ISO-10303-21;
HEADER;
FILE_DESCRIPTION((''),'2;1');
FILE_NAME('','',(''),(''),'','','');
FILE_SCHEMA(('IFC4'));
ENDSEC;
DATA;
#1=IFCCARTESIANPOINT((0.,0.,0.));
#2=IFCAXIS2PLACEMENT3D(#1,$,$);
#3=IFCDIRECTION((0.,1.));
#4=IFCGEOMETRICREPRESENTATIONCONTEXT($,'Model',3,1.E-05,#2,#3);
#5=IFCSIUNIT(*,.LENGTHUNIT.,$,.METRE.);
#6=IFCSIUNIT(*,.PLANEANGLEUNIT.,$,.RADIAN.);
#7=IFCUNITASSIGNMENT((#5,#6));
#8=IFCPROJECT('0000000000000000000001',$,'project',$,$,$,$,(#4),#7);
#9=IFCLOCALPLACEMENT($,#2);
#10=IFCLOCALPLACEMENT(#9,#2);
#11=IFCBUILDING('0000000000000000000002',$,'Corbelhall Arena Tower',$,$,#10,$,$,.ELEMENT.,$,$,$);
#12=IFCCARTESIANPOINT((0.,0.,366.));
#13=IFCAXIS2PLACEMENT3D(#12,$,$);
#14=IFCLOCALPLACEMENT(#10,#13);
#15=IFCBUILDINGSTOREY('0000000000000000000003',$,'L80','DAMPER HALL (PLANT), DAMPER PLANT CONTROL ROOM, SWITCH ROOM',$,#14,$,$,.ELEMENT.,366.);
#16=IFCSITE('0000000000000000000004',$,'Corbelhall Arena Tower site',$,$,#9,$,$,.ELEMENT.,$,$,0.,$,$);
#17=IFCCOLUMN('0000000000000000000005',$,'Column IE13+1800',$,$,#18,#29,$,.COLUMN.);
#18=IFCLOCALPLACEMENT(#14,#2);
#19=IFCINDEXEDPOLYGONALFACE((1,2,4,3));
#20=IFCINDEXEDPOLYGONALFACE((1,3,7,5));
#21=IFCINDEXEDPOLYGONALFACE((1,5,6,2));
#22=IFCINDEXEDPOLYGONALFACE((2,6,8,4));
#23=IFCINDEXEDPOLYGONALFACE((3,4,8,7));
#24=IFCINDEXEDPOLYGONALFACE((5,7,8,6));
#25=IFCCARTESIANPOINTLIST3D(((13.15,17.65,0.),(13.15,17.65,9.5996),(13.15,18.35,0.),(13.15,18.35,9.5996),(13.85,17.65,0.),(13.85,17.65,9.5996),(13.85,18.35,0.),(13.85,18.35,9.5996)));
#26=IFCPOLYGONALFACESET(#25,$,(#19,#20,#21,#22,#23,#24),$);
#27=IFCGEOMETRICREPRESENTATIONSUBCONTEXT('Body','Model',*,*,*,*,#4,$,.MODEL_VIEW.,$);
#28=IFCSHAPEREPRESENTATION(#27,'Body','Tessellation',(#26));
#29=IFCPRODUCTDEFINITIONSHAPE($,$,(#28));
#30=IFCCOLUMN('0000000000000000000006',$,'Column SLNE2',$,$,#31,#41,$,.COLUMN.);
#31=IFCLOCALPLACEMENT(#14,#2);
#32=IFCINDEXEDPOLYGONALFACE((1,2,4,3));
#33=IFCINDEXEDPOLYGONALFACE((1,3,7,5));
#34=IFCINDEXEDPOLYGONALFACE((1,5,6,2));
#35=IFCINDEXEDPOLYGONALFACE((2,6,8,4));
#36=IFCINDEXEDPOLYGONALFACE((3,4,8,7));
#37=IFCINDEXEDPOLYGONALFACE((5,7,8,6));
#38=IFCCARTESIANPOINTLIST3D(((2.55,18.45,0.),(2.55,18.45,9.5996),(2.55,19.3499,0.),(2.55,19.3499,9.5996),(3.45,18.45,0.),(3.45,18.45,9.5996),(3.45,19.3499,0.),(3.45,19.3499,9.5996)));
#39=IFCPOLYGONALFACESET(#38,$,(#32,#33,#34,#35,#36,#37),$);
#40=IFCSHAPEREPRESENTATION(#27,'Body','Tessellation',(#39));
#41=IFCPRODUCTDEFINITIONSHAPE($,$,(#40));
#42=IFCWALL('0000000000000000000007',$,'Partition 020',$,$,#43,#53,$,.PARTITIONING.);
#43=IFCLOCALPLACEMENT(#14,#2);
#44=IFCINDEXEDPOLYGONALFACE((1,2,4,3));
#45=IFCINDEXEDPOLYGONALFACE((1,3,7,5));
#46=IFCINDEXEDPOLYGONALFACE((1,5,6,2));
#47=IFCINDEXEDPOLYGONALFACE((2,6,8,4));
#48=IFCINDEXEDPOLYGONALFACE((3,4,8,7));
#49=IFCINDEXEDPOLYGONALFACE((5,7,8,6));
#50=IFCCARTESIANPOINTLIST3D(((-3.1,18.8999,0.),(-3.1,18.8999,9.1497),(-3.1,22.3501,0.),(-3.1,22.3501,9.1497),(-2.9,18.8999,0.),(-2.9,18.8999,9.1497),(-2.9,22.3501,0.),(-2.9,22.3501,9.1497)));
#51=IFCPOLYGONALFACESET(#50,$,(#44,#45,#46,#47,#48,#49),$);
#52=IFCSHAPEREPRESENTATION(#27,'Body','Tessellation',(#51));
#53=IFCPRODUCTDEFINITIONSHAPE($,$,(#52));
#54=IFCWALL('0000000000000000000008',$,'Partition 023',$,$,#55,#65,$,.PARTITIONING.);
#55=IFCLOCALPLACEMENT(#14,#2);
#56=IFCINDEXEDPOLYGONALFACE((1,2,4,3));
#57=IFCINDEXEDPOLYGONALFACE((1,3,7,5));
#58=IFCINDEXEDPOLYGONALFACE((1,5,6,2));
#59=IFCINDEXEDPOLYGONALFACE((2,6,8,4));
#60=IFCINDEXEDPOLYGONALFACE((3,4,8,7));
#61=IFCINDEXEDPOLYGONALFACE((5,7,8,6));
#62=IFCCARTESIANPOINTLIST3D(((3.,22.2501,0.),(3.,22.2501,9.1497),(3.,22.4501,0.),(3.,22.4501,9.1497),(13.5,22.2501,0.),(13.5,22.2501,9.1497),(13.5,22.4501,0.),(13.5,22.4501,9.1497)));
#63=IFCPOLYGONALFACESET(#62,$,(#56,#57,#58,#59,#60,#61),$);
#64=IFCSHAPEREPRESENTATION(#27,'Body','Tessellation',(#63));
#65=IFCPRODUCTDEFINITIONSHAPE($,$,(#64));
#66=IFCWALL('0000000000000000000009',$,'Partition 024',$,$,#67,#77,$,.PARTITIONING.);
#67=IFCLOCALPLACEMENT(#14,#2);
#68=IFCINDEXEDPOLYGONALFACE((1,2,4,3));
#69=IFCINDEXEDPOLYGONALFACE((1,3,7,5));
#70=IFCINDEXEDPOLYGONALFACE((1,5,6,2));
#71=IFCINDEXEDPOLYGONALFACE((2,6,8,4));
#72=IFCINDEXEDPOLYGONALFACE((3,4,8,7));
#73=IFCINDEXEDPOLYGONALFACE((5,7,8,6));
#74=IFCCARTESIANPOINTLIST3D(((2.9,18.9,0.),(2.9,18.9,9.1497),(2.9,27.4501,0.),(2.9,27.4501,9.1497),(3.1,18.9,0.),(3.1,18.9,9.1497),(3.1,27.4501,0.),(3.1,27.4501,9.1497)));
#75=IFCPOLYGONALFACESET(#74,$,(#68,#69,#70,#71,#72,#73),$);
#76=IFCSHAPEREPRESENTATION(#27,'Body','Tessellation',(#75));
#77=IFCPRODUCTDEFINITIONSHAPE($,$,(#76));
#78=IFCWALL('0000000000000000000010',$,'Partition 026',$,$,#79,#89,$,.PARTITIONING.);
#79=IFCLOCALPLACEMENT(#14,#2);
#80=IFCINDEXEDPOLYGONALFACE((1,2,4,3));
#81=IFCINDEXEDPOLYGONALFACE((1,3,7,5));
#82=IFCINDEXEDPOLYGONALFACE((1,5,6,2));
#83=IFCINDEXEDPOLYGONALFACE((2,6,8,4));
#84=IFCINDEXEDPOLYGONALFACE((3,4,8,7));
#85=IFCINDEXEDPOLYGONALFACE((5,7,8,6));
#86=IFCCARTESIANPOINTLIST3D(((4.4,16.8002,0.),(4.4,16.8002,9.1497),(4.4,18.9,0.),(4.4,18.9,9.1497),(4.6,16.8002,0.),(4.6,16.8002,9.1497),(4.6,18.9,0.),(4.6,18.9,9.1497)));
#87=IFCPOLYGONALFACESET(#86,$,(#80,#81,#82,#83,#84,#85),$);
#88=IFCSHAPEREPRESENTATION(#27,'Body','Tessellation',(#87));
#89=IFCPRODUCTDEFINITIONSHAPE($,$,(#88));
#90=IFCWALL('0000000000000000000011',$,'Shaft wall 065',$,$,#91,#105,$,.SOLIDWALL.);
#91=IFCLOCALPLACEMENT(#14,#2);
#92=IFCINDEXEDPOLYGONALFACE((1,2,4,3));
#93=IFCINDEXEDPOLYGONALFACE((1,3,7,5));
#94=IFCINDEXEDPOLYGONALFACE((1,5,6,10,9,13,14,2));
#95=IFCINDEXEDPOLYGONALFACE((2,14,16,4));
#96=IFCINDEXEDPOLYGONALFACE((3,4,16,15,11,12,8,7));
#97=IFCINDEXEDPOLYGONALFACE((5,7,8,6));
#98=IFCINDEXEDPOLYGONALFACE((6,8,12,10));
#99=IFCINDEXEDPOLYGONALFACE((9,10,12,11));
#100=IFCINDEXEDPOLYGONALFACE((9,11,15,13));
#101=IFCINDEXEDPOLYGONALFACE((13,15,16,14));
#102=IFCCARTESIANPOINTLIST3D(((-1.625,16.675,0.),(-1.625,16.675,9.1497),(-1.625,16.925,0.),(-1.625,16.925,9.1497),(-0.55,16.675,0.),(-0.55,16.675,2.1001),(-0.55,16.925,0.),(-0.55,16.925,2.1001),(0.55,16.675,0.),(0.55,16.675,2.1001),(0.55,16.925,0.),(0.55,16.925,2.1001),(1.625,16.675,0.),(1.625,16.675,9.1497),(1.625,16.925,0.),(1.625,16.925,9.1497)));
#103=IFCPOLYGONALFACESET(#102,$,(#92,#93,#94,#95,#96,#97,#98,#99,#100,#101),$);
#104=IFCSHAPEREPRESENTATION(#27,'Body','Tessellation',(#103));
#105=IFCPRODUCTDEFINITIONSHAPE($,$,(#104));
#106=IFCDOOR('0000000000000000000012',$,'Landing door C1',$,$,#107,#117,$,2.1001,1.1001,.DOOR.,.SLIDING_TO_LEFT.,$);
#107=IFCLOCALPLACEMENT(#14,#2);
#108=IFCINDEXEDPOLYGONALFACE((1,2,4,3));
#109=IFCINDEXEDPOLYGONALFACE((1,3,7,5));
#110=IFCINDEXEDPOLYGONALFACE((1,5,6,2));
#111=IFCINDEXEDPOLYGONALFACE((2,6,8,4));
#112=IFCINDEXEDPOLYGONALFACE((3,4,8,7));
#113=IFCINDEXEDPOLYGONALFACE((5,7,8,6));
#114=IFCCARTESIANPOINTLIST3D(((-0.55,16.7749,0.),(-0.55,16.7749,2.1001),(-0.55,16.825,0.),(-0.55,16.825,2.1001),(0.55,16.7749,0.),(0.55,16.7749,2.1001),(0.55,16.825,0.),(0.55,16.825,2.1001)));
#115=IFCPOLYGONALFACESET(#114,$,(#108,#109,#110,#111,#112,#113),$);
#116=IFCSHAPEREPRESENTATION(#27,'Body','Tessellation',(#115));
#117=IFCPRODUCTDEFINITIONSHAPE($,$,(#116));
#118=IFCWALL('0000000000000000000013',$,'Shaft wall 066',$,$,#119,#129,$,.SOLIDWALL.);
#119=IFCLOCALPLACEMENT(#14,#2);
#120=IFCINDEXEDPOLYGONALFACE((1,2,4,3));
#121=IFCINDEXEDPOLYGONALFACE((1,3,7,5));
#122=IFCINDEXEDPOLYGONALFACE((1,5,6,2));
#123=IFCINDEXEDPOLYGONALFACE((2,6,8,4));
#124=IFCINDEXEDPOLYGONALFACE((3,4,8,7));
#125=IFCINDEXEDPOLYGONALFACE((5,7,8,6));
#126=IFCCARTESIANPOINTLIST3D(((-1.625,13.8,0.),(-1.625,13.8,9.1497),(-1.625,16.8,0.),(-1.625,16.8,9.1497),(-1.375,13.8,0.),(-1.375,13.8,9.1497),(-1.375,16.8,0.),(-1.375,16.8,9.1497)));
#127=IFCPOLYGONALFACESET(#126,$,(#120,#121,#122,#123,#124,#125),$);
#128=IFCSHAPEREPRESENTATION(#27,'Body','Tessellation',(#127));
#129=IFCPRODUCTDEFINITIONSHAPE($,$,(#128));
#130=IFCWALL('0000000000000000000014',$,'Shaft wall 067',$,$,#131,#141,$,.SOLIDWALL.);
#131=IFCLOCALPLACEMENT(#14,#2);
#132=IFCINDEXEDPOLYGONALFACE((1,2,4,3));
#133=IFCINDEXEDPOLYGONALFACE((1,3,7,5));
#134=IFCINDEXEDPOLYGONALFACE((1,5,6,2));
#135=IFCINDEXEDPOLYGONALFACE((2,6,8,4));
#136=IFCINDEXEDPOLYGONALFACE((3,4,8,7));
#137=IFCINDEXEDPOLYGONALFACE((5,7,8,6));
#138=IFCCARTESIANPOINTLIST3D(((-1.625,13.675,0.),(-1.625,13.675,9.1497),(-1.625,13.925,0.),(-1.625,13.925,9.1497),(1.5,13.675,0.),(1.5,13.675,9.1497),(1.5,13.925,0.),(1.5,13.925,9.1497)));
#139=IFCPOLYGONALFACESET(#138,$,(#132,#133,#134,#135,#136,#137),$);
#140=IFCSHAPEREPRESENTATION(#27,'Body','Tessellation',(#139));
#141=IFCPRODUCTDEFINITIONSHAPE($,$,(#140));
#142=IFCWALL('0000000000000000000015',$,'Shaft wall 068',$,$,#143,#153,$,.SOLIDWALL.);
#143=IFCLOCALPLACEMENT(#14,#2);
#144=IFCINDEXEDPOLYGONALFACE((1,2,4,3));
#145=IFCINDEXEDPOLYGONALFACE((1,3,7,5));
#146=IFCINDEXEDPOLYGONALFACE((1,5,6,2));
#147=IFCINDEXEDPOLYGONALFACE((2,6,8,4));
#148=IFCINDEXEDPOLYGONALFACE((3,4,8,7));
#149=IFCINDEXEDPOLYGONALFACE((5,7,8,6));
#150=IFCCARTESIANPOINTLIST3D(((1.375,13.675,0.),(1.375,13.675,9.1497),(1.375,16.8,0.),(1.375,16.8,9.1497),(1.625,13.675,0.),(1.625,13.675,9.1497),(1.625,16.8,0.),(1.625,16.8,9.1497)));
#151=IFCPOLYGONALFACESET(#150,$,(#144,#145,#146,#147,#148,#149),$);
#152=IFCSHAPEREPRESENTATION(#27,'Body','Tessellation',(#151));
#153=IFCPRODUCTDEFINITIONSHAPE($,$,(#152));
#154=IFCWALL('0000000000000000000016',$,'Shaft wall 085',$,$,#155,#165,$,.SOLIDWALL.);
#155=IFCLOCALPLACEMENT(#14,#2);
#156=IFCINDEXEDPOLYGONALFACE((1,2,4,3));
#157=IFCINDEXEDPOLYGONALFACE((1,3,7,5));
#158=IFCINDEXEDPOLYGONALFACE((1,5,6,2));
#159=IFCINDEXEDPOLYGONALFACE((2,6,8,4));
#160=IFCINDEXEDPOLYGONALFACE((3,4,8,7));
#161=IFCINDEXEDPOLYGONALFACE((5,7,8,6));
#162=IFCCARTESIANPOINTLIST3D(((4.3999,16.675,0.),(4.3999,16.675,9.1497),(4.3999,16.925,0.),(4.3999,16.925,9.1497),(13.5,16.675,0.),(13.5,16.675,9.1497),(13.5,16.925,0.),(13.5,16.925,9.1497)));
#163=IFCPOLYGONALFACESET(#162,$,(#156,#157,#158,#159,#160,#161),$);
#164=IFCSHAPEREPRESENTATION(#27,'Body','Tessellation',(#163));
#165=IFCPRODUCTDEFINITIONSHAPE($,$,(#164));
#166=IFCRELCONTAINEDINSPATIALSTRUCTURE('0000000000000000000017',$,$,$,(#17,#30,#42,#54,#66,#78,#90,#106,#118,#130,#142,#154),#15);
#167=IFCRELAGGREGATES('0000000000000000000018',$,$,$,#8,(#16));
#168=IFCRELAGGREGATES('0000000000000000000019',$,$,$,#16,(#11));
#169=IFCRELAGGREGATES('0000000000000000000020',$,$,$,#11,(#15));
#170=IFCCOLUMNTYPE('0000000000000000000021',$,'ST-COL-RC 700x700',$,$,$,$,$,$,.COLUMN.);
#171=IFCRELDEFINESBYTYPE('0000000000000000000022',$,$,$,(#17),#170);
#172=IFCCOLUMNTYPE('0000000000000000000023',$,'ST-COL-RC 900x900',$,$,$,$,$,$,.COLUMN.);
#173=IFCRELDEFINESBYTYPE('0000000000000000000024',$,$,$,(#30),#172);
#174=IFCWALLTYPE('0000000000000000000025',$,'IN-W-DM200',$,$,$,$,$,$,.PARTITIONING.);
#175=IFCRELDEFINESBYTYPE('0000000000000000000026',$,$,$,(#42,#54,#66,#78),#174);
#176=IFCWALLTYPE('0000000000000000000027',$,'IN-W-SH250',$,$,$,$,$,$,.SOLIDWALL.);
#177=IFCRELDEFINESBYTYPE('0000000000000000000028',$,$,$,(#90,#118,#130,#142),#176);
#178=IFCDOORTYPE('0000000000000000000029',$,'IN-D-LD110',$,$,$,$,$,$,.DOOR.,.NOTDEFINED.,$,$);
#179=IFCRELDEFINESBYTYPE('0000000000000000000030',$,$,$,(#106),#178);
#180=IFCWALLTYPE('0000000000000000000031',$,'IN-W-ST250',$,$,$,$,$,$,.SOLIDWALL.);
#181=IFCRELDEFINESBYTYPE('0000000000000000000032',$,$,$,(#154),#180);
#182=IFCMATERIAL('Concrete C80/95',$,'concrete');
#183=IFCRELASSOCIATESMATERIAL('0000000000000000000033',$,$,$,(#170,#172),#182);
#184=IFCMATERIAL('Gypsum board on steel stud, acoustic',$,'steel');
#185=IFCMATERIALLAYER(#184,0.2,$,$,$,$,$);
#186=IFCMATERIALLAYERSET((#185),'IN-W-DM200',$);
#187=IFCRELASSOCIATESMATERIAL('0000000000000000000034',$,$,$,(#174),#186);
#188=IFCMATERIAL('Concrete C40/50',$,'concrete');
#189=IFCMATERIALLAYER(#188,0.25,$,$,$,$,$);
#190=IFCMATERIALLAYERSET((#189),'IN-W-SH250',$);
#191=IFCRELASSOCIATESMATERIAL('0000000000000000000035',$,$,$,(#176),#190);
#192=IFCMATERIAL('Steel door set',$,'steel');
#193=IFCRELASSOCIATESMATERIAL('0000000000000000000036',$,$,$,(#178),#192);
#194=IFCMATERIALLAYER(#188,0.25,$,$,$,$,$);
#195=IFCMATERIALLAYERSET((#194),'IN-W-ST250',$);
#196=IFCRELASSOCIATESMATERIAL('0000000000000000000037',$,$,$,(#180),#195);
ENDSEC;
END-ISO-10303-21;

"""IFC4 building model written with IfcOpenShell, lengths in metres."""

from ifc_helpers import new_model, si_unit, direction, frame, frame_2d, origin, origin_2d, place, context, subcontext, project, spatial, rectangle, extrude, material, layer, layer_set, material_profile, profile_set, type_object, element, fill, save


model = new_model("IFC4")

# Units and contexts
model_context = context("Model", 3, precision=1e-05, world=origin(), true_north=direction((0.0, 1.0)))
body_context = subcontext(model_context, "Body", "Model", "MODEL_VIEW")
ifc_project = project(units=[si_unit("LENGTHUNIT", "METRE"), si_unit("PLANEANGLEUNIT", "RADIAN")], contexts=[model_context])

# Site, building, storey
site_placement = place(None, origin())
site = spatial("IfcSite", under=ifc_project, at=site_placement, Name="Corbelhall Arena Tower site", CompositionType="ELEMENT", RefElevation=0.0)
building_placement = place(site_placement, origin())
building = spatial("IfcBuilding", under=site, at=building_placement, Name="Corbelhall Arena Tower", CompositionType="ELEMENT")
storey_placement = place(building_placement, frame((0.0, 0.0, 366.0)))
storey = spatial("IfcBuildingStorey", under=building, at=storey_placement, Name="L80", Description="DAMPER HALL (PLANT), DAMPER PLANT CONTROL ROOM, SWITCH ROOM", CompositionType="ELEMENT", Elevation=366.0)

# Columns
ifc_material_1 = material(Name="Concrete C80/95", Category="concrete")
ifc_material_profile_1 = material_profile(ifc_material_1, rectangle(XDim=0.7, YDim=0.7, at=origin_2d()))
ifc_profile_set_1 = profile_set([ifc_material_profile_1], Name="Concrete C80/95")
column_type_1 = type_object("IfcColumnType", Name="ST-COL-RC 700x700", PredefinedType="COLUMN", material=ifc_profile_set_1)
column_1_placement = place(storey_placement, frame((13.5, 18.0, 0.0), z_axis=(0.0, 0.0, 1.0), x_axis=(1.0, 0.0, 0.0)))
element("IfcColumn", 1, at=column_1_placement, inside=storey, type_object=column_type_1, Name="Column IE13+1800", PredefinedType="COLUMN", context=body_context, shape_type="SweptSolid", body=[
    extrude(rectangle(XDim=0.7, YDim=0.7, at=origin_2d()), origin(), (0.0, 0.0, 1.0), 9.5996),
])
ifc_material_profile_2 = material_profile(ifc_material_1, rectangle(XDim=0.8999, YDim=0.8999, at=origin_2d()))
ifc_profile_set_2 = profile_set([ifc_material_profile_2], Name="Concrete C80/95")
column_type_2 = type_object("IfcColumnType", Name="ST-COL-RC 900x900", PredefinedType="COLUMN", material=ifc_profile_set_2)
column_2_placement = place(storey_placement, frame((3.0, 18.8999, 0.0), z_axis=(0.0, 0.0, 1.0), x_axis=(1.0, 0.0, 0.0)))
element("IfcColumn", 2, at=column_2_placement, inside=storey, type_object=column_type_2, Name="Column SLNE2", PredefinedType="COLUMN", context=body_context, shape_type="SweptSolid", body=[
    extrude(rectangle(XDim=0.8999, YDim=0.8999, at=origin_2d()), origin(), (0.0, 0.0, 1.0), 9.5996),
])

# Walls
ifc_material_2 = material(Name="Gypsum board on steel stud, acoustic", Category="steel")
ifc_layer_1 = layer(ifc_material_2, 0.2)
ifc_layer_set_1 = layer_set([ifc_layer_1], Name="IN-W-DM200")
wall_type_1 = type_object("IfcWallType", Name="IN-W-DM200", PredefinedType="PARTITIONING", material=ifc_layer_set_1)
wall_1_placement = place(storey_placement, frame((-3.0, 22.3501, 0.0), z_axis=(0.0, 0.0, 1.0), x_axis=(0.0, -1.0, 0.0)))
element("IfcWall", 3, at=wall_1_placement, inside=storey, type_object=wall_type_1, Name="Partition 020", PredefinedType="PARTITIONING", context=body_context, shape_type="SweptSolid", body=[
    extrude(rectangle(XDim=3.4502, YDim=0.2, at=frame_2d((1.7251, 0.0))), origin(), (0.0, 0.0, 1.0), 9.1497),
])
wall_2_placement = place(storey_placement, frame((3.0, 22.3501, 0.0), z_axis=(0.0, 0.0, 1.0), x_axis=(1.0, 0.0, 0.0)))
element("IfcWall", 4, at=wall_2_placement, inside=storey, type_object=wall_type_1, Name="Partition 023", PredefinedType="PARTITIONING", context=body_context, shape_type="SweptSolid", body=[
    extrude(rectangle(XDim=10.5, YDim=0.2, at=frame_2d((5.25, 0.0))), origin(), (0.0, 0.0, 1.0), 9.1497),
])
wall_3_placement = place(storey_placement, frame((3.0, 27.45, 0.0), z_axis=(0.0, 0.0, 1.0), x_axis=(0.0, -1.0, 0.0)))
element("IfcWall", 5, at=wall_3_placement, inside=storey, type_object=wall_type_1, Name="Partition 024", PredefinedType="PARTITIONING", context=body_context, shape_type="SweptSolid", body=[
    extrude(rectangle(XDim=8.55, YDim=0.2, at=frame_2d((4.2749, 0.0))), origin(), (0.0, 0.0, 1.0), 9.1497),
])
wall_4_placement = place(storey_placement, frame((4.5, 18.8999, 0.0), z_axis=(0.0, 0.0, 1.0), x_axis=(0.0, -1.0, 0.0)))
element("IfcWall", 6, at=wall_4_placement, inside=storey, type_object=wall_type_1, Name="Partition 026", PredefinedType="PARTITIONING", context=body_context, shape_type="SweptSolid", body=[
    extrude(rectangle(XDim=2.0999, YDim=0.2, at=frame_2d((1.0498, 0.0))), origin(), (0.0, 0.0, 1.0), 9.1497),
])

# Shared definitions
ifc_material_3 = material(Name="Steel door set", Category="steel")

# Wall, opening, door
ifc_material_4 = material(Name="Concrete C40/50", Category="concrete")
ifc_layer_2 = layer(ifc_material_4, 0.25)
ifc_layer_set_2 = layer_set([ifc_layer_2], Name="IN-W-SH250")
wall_type_2 = type_object("IfcWallType", Name="IN-W-SH250", PredefinedType="SOLIDWALL", material=ifc_layer_set_2)
wall_5_placement = place(storey_placement, frame((-1.625, 16.8, 0.0), z_axis=(0.0, 0.0, 1.0), x_axis=(1.0, 0.0, 0.0)))
wall_5 = element("IfcWall", 7, at=wall_5_placement, inside=storey, type_object=wall_type_2, Name="Shaft wall 065", PredefinedType="SOLIDWALL", context=body_context, shape_type="SweptSolid", body=[
    extrude(rectangle(XDim=3.25, YDim=0.25, at=frame_2d((1.625, 0.0))), origin(), (0.0, 0.0, 1.0), 9.1497),
])
opening_1_placement = place(wall_5_placement, frame((1.075, 0.0, 0.0)))
opening_1 = element("IfcOpeningElement", 8, at=opening_1_placement, cuts=wall_5, PredefinedType="OPENING", context=body_context, shape_type="SweptSolid", body=[
    extrude(rectangle(XDim=1.1001, YDim=2.1001, at=frame_2d((0.55, 1.05))), frame((0.0, 0.125, 0.0), z_axis=(0.0, -1.0, 0.0), x_axis=(1.0, 0.0, 0.0)), (0.0, 0.0, 1.0), 0.25),
])
door_type_1 = type_object("IfcDoorType", Name="IN-D-LD110", OperationType="NOTDEFINED", PredefinedType="DOOR", material=ifc_material_3)
door_1_placement = place(opening_1_placement, origin())
door_1 = element("IfcDoor", 9, at=door_1_placement, inside=storey, type_object=door_type_1, Name="Landing door C1", OperationType="SLIDING_TO_LEFT", OverallHeight=2.1001, OverallWidth=1.1001, PredefinedType="DOOR", context=body_context, shape_type="SweptSolid", body=[
    extrude(rectangle(XDim=1.1001, YDim=2.1001, at=frame_2d((0.55, 1.05))), frame((0.0, 0.0249, 0.0), z_axis=(0.0, -1.0, 0.0), x_axis=(1.0, 0.0, 0.0)), (0.0, 0.0, 1.0), 0.05),
])
fill(opening_1, door_1)

# Walls
wall_6_placement = place(storey_placement, frame((-1.5, 13.8, 0.0), z_axis=(0.0, 0.0, 1.0), x_axis=(0.0, 1.0, 0.0)))
element("IfcWall", 10, at=wall_6_placement, inside=storey, type_object=wall_type_2, Name="Shaft wall 066", PredefinedType="SOLIDWALL", context=body_context, shape_type="SweptSolid", body=[
    extrude(rectangle(XDim=3.0, YDim=0.25, at=frame_2d((1.5, 0.0))), origin(), (0.0, 0.0, 1.0), 9.1497),
])
for number, where, z_axis, x_axis, name in (
    (11, (1.5, 13.8, 0.0), (0.0, 0.0, 1.0), (-1.0, 0.0, 0.0), "Shaft wall 067"),
    (12, (1.5, 16.8, 0.0), (0.0, 0.0, 1.0), (0.0, -1.0, 0.0), "Shaft wall 068"),
):
    element("IfcWall", number, at=place(storey_placement, frame(where, z_axis=z_axis, x_axis=x_axis)), inside=storey, type_object=wall_type_2, Name=name, PredefinedType="SOLIDWALL", context=body_context, shape_type="SweptSolid", body=[
        extrude(rectangle(XDim=3.125, YDim=0.25, at=frame_2d((1.5625, 0.0))), origin(), (0.0, 0.0, 1.0), 9.1497),
    ])
ifc_layer_3 = layer(ifc_material_4, 0.25)
ifc_layer_set_3 = layer_set([ifc_layer_3], Name="IN-W-ST250")
wall_type_3 = type_object("IfcWallType", Name="IN-W-ST250", PredefinedType="SOLIDWALL", material=ifc_layer_set_3)
wall_7_placement = place(storey_placement, frame((4.3999, 16.8, 0.0), z_axis=(0.0, 0.0, 1.0), x_axis=(1.0, 0.0, 0.0)))
element("IfcWall", 13, at=wall_7_placement, inside=storey, type_object=wall_type_3, Name="Shaft wall 085", PredefinedType="SOLIDWALL", context=body_context, shape_type="SweptSolid", body=[
    extrude(rectangle(XDim=9.1001, YDim=0.25, at=frame_2d((4.55, 0.0))), origin(), (0.0, 0.0, 1.0), 9.1497),
])

save(model, "model.ifc")
